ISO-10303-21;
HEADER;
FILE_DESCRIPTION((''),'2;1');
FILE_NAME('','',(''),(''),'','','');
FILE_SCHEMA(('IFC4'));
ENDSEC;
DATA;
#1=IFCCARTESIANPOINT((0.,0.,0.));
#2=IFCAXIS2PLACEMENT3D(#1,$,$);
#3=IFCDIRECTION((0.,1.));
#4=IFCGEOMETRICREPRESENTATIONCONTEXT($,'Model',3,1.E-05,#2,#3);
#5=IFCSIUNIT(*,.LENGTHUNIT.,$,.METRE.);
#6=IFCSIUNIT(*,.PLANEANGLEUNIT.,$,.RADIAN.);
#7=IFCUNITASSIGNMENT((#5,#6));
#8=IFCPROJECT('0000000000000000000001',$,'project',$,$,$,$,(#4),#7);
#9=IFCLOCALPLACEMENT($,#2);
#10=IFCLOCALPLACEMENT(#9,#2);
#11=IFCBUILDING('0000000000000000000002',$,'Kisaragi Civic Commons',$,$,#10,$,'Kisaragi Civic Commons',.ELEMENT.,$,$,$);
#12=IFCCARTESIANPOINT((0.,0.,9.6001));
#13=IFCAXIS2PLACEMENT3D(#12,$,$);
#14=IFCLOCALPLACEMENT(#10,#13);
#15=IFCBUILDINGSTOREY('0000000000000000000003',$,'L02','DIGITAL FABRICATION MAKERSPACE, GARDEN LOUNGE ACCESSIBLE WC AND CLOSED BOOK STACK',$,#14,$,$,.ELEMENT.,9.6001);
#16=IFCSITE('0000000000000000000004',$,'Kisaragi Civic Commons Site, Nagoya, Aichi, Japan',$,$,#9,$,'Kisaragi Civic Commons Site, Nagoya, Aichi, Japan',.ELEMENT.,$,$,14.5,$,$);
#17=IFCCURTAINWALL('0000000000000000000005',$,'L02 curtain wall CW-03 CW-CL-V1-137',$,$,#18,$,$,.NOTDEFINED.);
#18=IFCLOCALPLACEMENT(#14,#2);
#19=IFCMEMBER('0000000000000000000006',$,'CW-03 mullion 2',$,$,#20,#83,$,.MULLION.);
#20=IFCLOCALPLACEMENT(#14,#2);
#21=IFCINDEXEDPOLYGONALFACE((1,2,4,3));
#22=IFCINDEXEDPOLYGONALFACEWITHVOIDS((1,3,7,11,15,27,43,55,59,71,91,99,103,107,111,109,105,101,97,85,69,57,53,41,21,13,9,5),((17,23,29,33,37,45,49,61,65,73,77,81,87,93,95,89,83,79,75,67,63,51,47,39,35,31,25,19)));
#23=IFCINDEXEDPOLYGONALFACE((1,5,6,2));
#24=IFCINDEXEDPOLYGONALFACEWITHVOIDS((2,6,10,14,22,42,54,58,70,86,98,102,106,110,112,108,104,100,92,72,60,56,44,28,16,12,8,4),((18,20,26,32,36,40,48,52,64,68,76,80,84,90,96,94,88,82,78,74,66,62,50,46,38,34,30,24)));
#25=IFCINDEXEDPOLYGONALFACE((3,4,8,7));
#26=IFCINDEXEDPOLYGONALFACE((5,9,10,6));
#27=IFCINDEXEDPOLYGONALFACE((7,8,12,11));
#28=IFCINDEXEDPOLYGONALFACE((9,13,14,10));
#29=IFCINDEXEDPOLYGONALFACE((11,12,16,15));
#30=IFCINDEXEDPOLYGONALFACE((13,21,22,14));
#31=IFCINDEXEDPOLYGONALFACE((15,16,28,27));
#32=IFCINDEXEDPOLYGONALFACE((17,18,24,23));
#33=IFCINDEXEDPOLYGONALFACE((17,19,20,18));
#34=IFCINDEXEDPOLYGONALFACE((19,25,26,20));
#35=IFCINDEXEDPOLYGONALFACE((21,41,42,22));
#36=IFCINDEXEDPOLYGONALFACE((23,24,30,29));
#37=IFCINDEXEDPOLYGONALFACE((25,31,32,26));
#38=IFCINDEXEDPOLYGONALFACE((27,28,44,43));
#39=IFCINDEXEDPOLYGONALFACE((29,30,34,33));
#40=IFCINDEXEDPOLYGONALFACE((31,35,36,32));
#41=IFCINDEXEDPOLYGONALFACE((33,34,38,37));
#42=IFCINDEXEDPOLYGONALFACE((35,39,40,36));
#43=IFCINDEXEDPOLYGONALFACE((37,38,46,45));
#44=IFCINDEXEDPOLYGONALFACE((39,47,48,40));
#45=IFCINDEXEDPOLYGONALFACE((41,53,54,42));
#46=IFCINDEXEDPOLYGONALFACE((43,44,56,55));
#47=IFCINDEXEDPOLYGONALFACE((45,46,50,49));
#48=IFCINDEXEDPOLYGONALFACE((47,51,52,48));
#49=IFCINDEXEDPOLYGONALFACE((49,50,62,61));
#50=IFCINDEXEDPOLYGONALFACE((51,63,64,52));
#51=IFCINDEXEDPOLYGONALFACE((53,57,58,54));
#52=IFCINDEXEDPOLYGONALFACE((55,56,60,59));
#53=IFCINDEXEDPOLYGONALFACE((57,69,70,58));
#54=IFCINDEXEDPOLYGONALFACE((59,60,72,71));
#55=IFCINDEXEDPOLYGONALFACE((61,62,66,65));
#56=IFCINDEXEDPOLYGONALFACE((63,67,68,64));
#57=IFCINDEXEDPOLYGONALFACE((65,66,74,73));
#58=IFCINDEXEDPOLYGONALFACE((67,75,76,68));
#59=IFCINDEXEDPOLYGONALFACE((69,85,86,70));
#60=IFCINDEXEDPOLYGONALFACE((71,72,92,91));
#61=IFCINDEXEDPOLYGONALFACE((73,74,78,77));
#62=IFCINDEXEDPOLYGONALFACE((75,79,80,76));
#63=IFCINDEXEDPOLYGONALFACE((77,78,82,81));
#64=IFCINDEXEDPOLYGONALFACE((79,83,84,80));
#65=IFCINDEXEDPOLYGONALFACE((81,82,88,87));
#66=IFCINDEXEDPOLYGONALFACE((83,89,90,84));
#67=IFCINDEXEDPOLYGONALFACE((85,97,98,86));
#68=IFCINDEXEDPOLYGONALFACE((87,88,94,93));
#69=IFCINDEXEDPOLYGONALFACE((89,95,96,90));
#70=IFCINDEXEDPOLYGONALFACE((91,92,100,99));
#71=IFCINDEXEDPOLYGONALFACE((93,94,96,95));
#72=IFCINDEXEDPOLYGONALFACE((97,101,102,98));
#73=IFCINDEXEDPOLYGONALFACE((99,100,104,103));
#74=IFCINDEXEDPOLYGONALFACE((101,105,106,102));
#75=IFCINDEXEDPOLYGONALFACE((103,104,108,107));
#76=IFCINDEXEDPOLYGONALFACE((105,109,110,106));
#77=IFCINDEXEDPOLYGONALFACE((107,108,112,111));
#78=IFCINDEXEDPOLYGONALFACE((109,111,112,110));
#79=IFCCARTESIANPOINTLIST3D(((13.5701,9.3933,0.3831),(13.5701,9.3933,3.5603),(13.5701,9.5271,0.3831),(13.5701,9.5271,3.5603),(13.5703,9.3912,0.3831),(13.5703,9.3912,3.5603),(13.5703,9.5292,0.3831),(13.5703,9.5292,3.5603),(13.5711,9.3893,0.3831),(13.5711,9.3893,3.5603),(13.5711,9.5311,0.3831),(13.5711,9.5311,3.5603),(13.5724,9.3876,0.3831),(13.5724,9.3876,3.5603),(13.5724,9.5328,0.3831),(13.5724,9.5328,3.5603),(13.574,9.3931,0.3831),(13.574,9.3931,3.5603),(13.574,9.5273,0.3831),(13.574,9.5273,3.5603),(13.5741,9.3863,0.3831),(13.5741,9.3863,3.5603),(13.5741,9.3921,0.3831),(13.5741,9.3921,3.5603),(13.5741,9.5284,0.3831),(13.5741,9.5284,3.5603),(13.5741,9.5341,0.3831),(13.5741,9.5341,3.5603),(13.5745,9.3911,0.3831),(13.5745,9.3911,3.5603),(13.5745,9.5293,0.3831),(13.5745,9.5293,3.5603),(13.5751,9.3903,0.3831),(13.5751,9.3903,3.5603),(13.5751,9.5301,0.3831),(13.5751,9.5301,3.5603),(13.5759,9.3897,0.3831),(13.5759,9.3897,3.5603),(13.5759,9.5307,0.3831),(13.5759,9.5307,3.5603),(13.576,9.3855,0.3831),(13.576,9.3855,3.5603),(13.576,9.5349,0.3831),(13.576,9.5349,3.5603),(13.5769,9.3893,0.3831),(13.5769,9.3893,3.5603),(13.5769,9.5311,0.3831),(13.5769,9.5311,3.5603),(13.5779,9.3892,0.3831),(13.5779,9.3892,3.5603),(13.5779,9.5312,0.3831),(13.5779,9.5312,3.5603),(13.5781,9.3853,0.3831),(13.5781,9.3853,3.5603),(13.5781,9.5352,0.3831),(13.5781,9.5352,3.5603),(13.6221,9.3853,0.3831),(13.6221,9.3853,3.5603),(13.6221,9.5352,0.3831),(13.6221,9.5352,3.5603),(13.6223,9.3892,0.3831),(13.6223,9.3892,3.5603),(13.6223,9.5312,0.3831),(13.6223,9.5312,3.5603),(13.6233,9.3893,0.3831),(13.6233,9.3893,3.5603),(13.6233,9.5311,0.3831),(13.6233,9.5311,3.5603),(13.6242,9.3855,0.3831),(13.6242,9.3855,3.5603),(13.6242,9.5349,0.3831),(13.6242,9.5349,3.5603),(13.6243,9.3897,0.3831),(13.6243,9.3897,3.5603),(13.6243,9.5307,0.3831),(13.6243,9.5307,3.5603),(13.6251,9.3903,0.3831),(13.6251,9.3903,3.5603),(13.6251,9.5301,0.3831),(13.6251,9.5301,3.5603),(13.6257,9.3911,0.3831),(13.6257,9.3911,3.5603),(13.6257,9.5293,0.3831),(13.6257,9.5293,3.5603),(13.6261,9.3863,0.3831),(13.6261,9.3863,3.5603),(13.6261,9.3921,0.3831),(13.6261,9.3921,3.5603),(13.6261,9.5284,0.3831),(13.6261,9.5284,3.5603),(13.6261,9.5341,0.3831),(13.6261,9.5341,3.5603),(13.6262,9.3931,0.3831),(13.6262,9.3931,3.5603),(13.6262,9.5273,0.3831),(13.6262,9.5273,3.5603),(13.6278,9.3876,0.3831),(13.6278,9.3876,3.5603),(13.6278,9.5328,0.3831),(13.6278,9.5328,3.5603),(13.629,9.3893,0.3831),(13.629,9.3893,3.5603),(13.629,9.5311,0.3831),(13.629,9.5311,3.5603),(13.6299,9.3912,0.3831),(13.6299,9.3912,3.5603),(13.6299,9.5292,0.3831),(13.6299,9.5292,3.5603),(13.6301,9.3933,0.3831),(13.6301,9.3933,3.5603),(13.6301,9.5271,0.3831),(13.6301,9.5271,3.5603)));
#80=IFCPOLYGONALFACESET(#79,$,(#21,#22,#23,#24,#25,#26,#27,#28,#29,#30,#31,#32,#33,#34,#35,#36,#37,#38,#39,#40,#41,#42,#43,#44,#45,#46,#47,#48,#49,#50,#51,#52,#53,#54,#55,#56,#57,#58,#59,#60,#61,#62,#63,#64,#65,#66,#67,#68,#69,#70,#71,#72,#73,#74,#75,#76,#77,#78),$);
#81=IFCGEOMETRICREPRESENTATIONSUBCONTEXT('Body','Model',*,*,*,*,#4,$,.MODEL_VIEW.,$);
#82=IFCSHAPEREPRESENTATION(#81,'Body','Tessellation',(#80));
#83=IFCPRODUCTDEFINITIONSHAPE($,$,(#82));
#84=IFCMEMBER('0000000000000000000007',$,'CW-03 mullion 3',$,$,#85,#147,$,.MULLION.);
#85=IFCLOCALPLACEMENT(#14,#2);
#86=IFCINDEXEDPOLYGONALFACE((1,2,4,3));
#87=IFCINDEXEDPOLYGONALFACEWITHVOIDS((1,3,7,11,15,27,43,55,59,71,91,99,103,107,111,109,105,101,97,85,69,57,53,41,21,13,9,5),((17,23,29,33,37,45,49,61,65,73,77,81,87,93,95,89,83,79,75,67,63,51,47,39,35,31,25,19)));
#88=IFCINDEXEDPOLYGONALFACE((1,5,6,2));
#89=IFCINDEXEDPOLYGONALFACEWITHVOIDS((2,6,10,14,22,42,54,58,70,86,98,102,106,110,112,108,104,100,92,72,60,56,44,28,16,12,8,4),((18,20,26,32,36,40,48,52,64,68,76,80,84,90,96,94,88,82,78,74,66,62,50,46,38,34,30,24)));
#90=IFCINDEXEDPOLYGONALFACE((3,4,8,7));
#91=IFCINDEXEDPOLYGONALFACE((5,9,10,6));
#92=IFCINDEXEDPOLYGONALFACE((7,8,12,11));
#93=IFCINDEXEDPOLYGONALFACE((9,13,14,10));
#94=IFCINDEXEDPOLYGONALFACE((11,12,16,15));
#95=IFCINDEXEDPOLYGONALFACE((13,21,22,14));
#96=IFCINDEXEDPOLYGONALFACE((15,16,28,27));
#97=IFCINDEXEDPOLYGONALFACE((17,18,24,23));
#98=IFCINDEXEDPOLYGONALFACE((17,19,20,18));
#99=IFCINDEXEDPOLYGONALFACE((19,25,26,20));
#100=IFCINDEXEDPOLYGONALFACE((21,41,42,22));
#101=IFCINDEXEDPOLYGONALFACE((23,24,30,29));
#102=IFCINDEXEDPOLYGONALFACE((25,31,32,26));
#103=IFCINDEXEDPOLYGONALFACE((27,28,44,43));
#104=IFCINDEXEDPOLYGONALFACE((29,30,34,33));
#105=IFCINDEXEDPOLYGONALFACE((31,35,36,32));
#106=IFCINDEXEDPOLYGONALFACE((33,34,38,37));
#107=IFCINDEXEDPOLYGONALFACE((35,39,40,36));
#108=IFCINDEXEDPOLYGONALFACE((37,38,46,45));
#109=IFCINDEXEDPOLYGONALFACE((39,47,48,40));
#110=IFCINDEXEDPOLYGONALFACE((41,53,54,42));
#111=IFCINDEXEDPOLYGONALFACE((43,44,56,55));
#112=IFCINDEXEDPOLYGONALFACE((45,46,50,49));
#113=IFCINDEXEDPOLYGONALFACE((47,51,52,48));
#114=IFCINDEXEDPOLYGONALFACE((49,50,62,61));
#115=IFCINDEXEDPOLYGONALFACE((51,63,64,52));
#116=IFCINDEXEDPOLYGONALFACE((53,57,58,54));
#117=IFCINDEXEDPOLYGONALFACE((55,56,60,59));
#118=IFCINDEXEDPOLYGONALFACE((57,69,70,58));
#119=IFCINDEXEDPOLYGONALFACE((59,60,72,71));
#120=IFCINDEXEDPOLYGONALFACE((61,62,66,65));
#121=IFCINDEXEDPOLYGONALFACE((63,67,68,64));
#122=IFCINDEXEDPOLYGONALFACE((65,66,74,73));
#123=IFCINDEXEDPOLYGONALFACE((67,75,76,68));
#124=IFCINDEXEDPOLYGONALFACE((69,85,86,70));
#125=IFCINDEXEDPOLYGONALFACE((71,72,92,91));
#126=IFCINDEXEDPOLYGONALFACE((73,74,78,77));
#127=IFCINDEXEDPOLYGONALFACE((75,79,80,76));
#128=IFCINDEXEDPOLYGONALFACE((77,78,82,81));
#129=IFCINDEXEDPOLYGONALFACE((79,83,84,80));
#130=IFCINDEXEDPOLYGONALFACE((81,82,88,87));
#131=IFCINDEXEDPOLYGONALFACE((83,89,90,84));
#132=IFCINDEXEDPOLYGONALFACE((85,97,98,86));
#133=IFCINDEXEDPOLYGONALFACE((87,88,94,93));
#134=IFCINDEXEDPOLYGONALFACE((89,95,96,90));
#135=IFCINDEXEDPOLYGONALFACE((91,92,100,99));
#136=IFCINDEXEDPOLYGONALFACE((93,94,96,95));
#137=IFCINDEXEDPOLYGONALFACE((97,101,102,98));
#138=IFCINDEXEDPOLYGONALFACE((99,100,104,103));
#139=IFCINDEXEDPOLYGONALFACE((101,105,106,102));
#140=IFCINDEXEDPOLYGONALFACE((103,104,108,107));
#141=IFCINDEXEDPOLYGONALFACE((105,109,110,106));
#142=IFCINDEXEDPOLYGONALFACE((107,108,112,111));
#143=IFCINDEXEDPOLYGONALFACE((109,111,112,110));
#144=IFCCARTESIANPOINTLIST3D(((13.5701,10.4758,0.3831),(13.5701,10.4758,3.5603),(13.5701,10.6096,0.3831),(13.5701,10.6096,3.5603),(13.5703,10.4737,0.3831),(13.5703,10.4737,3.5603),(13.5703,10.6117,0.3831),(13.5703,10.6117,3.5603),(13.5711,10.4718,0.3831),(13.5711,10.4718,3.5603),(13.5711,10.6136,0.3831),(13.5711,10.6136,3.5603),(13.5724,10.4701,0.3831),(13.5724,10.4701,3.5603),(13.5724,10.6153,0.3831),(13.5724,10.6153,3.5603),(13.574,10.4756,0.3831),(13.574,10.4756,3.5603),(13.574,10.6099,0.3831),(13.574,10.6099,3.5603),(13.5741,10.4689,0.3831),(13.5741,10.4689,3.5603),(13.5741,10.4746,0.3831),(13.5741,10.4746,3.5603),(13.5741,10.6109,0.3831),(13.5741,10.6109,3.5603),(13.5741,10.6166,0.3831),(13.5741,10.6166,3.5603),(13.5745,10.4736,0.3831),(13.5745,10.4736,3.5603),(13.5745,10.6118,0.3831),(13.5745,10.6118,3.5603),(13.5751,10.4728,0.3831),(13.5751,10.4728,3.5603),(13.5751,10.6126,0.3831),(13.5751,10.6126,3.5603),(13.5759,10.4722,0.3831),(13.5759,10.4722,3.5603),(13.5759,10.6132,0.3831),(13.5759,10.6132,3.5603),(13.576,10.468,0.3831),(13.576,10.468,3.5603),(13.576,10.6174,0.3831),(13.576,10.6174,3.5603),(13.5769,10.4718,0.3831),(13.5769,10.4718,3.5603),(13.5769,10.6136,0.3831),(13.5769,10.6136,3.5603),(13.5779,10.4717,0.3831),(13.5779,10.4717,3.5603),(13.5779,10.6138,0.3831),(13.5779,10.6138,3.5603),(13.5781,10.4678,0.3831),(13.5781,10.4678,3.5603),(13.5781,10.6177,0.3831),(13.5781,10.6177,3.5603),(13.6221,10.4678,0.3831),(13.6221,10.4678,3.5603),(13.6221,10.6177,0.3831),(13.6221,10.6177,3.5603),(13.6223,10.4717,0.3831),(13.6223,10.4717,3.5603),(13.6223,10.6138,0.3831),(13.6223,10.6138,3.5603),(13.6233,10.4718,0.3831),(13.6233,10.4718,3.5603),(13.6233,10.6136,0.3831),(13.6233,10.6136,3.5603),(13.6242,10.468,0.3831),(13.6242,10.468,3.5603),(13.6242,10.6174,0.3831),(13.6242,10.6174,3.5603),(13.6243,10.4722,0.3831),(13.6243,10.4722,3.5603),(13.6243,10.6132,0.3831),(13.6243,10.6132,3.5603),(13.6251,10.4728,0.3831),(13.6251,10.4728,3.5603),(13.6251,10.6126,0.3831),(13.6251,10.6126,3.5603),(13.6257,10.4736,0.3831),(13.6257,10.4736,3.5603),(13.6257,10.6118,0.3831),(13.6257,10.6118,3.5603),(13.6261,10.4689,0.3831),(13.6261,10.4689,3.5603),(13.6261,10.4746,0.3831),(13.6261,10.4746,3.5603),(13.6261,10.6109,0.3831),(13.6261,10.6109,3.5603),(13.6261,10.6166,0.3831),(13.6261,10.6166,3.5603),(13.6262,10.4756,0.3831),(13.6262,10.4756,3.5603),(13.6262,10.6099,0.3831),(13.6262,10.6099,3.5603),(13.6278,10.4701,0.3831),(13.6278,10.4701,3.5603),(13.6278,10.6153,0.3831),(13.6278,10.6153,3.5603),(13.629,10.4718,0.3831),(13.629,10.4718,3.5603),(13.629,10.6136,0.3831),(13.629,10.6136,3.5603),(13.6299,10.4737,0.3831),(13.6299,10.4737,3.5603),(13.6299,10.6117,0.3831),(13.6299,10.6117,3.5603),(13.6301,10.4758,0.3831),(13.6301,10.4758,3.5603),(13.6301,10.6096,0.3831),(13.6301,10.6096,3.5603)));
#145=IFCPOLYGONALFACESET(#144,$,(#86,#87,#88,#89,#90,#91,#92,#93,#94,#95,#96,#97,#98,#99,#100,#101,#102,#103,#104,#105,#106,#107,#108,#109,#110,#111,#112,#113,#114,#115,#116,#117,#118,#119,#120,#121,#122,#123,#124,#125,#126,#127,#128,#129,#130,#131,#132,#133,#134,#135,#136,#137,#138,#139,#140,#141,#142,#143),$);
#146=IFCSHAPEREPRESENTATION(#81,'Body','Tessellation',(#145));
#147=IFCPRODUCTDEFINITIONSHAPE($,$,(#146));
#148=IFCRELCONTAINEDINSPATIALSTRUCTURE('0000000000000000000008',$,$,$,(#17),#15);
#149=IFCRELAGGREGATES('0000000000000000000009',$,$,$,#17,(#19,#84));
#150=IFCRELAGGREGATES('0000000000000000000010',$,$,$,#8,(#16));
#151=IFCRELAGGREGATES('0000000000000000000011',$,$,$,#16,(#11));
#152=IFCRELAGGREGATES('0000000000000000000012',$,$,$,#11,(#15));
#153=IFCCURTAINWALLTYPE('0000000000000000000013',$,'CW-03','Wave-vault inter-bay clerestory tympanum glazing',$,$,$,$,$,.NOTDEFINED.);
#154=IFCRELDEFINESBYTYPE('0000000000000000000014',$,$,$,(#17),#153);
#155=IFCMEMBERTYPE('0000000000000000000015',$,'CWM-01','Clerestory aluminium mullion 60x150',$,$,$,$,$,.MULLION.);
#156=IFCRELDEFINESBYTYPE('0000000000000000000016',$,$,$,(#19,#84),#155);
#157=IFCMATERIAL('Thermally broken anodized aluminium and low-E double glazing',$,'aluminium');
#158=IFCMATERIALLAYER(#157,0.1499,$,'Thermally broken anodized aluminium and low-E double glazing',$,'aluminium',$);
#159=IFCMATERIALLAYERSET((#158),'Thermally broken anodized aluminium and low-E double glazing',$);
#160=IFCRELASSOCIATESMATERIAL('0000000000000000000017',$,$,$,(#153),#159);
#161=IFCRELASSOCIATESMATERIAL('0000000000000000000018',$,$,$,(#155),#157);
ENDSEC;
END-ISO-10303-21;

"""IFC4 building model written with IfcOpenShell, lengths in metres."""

from ifc_helpers import new_model, si_unit, direction, frame, origin, origin_2d, place, context, subcontext, project, spatial, hollow_rectangle, extrude, material, layer, layer_set, material_profile, profile_set, type_object, element, aggregate, save


model = new_model("IFC4")

# Units and contexts
model_context = context("Model", 3, precision=1e-05, world=origin(), true_north=direction((0.0, 1.0)))
body_context = subcontext(model_context, "Body", "Model", "MODEL_VIEW")
ifc_project = project(units=[si_unit("LENGTHUNIT", "METRE"), si_unit("PLANEANGLEUNIT", "RADIAN")], contexts=[model_context])

# Site, building, storey
site_placement = place(None, origin())
site = spatial("IfcSite", under=ifc_project, at=site_placement, Name="Kisaragi Civic Commons Site, Nagoya, Aichi, Japan", LongName="Kisaragi Civic Commons Site, Nagoya, Aichi, Japan", CompositionType="ELEMENT", RefElevation=14.5)
building_placement = place(site_placement, origin())
building = spatial("IfcBuilding", under=site, at=building_placement, Name="Kisaragi Civic Commons", LongName="Kisaragi Civic Commons", CompositionType="ELEMENT")
storey_placement = place(building_placement, frame((0.0, 0.0, 9.6001)))
storey = spatial("IfcBuildingStorey", under=building, at=storey_placement, Name="L02", Description="DIGITAL FABRICATION MAKERSPACE, GARDEN LOUNGE ACCESSIBLE WC AND CLOSED BOOK STACK", CompositionType="ELEMENT", Elevation=9.6001)

# Curtain wall, members
ifc_material_1 = material(Name="Thermally broken anodized aluminium and low-E double glazing", Category="aluminium")
ifc_layer_1 = layer(ifc_material_1, 0.1499, Name="Thermally broken anodized aluminium and low-E double glazing", Category="aluminium")
ifc_layer_set_1 = layer_set([ifc_layer_1], Name="Thermally broken anodized aluminium and low-E double glazing")
curtain_wall_type = type_object("IfcCurtainWallType", Name="CW-03", Description="Wave-vault inter-bay clerestory tympanum glazing", PredefinedType="NOTDEFINED", material=ifc_layer_set_1)
curtain_wall_1_placement = place(storey_placement, origin())
curtain_wall_1 = element("IfcCurtainWall", 1, at=curtain_wall_1_placement, inside=storey, type_object=curtain_wall_type, Name="L02 curtain wall CW-03 CW-CL-V1-137", PredefinedType="NOTDEFINED")
ifc_material_profile_1 = material_profile(ifc_material_1, hollow_rectangle(XDim=0.0601, YDim=0.1499, WallThickness=0.0039, InnerFilletRadius=0.0039, OuterFilletRadius=0.0081, at=origin_2d()), Name="CWM-60x150x4", Category="aluminium")
ifc_profile_set_1 = profile_set([ifc_material_profile_1], Name="Thermally broken anodized aluminium and low-E double glazing")
member_type_1 = type_object("IfcMemberType", Name="CWM-01", Description="Clerestory aluminium mullion 60x150", PredefinedType="MULLION", material=ifc_profile_set_1)
member_1_placement = place(storey_placement, frame((13.6001, 9.4602, 0.3831), z_axis=(0.0, 0.0, 1.0), x_axis=(-1.0, 0.0, 0.0)))
member_1 = element("IfcMember", 2, at=member_1_placement, type_object=member_type_1, Name="CW-03 mullion 2", PredefinedType="MULLION", context=body_context, shape_type="SweptSolid", body=[
    extrude(hollow_rectangle(XDim=0.0601, YDim=0.1499, WallThickness=0.0039, InnerFilletRadius=0.0039, OuterFilletRadius=0.0081, at=origin_2d()), origin(), (0.0, 0.0, 1.0), 3.1772),
])
member_2_placement = place(storey_placement, frame((13.6001, 10.5427, 0.3831), z_axis=(0.0, 0.0, 1.0), x_axis=(-1.0, 0.0, 0.0)))
member_2 = element("IfcMember", 3, at=member_2_placement, type_object=member_type_1, Name="CW-03 mullion 3", PredefinedType="MULLION", context=body_context, shape_type="SweptSolid", body=[
    extrude(hollow_rectangle(XDim=0.0601, YDim=0.1499, WallThickness=0.0039, InnerFilletRadius=0.0039, OuterFilletRadius=0.0081, at=origin_2d()), origin(), (0.0, 0.0, 1.0), 3.1772),
])

aggregate(curtain_wall_1, [member_1, member_2])

save(model, "model.ifc")
